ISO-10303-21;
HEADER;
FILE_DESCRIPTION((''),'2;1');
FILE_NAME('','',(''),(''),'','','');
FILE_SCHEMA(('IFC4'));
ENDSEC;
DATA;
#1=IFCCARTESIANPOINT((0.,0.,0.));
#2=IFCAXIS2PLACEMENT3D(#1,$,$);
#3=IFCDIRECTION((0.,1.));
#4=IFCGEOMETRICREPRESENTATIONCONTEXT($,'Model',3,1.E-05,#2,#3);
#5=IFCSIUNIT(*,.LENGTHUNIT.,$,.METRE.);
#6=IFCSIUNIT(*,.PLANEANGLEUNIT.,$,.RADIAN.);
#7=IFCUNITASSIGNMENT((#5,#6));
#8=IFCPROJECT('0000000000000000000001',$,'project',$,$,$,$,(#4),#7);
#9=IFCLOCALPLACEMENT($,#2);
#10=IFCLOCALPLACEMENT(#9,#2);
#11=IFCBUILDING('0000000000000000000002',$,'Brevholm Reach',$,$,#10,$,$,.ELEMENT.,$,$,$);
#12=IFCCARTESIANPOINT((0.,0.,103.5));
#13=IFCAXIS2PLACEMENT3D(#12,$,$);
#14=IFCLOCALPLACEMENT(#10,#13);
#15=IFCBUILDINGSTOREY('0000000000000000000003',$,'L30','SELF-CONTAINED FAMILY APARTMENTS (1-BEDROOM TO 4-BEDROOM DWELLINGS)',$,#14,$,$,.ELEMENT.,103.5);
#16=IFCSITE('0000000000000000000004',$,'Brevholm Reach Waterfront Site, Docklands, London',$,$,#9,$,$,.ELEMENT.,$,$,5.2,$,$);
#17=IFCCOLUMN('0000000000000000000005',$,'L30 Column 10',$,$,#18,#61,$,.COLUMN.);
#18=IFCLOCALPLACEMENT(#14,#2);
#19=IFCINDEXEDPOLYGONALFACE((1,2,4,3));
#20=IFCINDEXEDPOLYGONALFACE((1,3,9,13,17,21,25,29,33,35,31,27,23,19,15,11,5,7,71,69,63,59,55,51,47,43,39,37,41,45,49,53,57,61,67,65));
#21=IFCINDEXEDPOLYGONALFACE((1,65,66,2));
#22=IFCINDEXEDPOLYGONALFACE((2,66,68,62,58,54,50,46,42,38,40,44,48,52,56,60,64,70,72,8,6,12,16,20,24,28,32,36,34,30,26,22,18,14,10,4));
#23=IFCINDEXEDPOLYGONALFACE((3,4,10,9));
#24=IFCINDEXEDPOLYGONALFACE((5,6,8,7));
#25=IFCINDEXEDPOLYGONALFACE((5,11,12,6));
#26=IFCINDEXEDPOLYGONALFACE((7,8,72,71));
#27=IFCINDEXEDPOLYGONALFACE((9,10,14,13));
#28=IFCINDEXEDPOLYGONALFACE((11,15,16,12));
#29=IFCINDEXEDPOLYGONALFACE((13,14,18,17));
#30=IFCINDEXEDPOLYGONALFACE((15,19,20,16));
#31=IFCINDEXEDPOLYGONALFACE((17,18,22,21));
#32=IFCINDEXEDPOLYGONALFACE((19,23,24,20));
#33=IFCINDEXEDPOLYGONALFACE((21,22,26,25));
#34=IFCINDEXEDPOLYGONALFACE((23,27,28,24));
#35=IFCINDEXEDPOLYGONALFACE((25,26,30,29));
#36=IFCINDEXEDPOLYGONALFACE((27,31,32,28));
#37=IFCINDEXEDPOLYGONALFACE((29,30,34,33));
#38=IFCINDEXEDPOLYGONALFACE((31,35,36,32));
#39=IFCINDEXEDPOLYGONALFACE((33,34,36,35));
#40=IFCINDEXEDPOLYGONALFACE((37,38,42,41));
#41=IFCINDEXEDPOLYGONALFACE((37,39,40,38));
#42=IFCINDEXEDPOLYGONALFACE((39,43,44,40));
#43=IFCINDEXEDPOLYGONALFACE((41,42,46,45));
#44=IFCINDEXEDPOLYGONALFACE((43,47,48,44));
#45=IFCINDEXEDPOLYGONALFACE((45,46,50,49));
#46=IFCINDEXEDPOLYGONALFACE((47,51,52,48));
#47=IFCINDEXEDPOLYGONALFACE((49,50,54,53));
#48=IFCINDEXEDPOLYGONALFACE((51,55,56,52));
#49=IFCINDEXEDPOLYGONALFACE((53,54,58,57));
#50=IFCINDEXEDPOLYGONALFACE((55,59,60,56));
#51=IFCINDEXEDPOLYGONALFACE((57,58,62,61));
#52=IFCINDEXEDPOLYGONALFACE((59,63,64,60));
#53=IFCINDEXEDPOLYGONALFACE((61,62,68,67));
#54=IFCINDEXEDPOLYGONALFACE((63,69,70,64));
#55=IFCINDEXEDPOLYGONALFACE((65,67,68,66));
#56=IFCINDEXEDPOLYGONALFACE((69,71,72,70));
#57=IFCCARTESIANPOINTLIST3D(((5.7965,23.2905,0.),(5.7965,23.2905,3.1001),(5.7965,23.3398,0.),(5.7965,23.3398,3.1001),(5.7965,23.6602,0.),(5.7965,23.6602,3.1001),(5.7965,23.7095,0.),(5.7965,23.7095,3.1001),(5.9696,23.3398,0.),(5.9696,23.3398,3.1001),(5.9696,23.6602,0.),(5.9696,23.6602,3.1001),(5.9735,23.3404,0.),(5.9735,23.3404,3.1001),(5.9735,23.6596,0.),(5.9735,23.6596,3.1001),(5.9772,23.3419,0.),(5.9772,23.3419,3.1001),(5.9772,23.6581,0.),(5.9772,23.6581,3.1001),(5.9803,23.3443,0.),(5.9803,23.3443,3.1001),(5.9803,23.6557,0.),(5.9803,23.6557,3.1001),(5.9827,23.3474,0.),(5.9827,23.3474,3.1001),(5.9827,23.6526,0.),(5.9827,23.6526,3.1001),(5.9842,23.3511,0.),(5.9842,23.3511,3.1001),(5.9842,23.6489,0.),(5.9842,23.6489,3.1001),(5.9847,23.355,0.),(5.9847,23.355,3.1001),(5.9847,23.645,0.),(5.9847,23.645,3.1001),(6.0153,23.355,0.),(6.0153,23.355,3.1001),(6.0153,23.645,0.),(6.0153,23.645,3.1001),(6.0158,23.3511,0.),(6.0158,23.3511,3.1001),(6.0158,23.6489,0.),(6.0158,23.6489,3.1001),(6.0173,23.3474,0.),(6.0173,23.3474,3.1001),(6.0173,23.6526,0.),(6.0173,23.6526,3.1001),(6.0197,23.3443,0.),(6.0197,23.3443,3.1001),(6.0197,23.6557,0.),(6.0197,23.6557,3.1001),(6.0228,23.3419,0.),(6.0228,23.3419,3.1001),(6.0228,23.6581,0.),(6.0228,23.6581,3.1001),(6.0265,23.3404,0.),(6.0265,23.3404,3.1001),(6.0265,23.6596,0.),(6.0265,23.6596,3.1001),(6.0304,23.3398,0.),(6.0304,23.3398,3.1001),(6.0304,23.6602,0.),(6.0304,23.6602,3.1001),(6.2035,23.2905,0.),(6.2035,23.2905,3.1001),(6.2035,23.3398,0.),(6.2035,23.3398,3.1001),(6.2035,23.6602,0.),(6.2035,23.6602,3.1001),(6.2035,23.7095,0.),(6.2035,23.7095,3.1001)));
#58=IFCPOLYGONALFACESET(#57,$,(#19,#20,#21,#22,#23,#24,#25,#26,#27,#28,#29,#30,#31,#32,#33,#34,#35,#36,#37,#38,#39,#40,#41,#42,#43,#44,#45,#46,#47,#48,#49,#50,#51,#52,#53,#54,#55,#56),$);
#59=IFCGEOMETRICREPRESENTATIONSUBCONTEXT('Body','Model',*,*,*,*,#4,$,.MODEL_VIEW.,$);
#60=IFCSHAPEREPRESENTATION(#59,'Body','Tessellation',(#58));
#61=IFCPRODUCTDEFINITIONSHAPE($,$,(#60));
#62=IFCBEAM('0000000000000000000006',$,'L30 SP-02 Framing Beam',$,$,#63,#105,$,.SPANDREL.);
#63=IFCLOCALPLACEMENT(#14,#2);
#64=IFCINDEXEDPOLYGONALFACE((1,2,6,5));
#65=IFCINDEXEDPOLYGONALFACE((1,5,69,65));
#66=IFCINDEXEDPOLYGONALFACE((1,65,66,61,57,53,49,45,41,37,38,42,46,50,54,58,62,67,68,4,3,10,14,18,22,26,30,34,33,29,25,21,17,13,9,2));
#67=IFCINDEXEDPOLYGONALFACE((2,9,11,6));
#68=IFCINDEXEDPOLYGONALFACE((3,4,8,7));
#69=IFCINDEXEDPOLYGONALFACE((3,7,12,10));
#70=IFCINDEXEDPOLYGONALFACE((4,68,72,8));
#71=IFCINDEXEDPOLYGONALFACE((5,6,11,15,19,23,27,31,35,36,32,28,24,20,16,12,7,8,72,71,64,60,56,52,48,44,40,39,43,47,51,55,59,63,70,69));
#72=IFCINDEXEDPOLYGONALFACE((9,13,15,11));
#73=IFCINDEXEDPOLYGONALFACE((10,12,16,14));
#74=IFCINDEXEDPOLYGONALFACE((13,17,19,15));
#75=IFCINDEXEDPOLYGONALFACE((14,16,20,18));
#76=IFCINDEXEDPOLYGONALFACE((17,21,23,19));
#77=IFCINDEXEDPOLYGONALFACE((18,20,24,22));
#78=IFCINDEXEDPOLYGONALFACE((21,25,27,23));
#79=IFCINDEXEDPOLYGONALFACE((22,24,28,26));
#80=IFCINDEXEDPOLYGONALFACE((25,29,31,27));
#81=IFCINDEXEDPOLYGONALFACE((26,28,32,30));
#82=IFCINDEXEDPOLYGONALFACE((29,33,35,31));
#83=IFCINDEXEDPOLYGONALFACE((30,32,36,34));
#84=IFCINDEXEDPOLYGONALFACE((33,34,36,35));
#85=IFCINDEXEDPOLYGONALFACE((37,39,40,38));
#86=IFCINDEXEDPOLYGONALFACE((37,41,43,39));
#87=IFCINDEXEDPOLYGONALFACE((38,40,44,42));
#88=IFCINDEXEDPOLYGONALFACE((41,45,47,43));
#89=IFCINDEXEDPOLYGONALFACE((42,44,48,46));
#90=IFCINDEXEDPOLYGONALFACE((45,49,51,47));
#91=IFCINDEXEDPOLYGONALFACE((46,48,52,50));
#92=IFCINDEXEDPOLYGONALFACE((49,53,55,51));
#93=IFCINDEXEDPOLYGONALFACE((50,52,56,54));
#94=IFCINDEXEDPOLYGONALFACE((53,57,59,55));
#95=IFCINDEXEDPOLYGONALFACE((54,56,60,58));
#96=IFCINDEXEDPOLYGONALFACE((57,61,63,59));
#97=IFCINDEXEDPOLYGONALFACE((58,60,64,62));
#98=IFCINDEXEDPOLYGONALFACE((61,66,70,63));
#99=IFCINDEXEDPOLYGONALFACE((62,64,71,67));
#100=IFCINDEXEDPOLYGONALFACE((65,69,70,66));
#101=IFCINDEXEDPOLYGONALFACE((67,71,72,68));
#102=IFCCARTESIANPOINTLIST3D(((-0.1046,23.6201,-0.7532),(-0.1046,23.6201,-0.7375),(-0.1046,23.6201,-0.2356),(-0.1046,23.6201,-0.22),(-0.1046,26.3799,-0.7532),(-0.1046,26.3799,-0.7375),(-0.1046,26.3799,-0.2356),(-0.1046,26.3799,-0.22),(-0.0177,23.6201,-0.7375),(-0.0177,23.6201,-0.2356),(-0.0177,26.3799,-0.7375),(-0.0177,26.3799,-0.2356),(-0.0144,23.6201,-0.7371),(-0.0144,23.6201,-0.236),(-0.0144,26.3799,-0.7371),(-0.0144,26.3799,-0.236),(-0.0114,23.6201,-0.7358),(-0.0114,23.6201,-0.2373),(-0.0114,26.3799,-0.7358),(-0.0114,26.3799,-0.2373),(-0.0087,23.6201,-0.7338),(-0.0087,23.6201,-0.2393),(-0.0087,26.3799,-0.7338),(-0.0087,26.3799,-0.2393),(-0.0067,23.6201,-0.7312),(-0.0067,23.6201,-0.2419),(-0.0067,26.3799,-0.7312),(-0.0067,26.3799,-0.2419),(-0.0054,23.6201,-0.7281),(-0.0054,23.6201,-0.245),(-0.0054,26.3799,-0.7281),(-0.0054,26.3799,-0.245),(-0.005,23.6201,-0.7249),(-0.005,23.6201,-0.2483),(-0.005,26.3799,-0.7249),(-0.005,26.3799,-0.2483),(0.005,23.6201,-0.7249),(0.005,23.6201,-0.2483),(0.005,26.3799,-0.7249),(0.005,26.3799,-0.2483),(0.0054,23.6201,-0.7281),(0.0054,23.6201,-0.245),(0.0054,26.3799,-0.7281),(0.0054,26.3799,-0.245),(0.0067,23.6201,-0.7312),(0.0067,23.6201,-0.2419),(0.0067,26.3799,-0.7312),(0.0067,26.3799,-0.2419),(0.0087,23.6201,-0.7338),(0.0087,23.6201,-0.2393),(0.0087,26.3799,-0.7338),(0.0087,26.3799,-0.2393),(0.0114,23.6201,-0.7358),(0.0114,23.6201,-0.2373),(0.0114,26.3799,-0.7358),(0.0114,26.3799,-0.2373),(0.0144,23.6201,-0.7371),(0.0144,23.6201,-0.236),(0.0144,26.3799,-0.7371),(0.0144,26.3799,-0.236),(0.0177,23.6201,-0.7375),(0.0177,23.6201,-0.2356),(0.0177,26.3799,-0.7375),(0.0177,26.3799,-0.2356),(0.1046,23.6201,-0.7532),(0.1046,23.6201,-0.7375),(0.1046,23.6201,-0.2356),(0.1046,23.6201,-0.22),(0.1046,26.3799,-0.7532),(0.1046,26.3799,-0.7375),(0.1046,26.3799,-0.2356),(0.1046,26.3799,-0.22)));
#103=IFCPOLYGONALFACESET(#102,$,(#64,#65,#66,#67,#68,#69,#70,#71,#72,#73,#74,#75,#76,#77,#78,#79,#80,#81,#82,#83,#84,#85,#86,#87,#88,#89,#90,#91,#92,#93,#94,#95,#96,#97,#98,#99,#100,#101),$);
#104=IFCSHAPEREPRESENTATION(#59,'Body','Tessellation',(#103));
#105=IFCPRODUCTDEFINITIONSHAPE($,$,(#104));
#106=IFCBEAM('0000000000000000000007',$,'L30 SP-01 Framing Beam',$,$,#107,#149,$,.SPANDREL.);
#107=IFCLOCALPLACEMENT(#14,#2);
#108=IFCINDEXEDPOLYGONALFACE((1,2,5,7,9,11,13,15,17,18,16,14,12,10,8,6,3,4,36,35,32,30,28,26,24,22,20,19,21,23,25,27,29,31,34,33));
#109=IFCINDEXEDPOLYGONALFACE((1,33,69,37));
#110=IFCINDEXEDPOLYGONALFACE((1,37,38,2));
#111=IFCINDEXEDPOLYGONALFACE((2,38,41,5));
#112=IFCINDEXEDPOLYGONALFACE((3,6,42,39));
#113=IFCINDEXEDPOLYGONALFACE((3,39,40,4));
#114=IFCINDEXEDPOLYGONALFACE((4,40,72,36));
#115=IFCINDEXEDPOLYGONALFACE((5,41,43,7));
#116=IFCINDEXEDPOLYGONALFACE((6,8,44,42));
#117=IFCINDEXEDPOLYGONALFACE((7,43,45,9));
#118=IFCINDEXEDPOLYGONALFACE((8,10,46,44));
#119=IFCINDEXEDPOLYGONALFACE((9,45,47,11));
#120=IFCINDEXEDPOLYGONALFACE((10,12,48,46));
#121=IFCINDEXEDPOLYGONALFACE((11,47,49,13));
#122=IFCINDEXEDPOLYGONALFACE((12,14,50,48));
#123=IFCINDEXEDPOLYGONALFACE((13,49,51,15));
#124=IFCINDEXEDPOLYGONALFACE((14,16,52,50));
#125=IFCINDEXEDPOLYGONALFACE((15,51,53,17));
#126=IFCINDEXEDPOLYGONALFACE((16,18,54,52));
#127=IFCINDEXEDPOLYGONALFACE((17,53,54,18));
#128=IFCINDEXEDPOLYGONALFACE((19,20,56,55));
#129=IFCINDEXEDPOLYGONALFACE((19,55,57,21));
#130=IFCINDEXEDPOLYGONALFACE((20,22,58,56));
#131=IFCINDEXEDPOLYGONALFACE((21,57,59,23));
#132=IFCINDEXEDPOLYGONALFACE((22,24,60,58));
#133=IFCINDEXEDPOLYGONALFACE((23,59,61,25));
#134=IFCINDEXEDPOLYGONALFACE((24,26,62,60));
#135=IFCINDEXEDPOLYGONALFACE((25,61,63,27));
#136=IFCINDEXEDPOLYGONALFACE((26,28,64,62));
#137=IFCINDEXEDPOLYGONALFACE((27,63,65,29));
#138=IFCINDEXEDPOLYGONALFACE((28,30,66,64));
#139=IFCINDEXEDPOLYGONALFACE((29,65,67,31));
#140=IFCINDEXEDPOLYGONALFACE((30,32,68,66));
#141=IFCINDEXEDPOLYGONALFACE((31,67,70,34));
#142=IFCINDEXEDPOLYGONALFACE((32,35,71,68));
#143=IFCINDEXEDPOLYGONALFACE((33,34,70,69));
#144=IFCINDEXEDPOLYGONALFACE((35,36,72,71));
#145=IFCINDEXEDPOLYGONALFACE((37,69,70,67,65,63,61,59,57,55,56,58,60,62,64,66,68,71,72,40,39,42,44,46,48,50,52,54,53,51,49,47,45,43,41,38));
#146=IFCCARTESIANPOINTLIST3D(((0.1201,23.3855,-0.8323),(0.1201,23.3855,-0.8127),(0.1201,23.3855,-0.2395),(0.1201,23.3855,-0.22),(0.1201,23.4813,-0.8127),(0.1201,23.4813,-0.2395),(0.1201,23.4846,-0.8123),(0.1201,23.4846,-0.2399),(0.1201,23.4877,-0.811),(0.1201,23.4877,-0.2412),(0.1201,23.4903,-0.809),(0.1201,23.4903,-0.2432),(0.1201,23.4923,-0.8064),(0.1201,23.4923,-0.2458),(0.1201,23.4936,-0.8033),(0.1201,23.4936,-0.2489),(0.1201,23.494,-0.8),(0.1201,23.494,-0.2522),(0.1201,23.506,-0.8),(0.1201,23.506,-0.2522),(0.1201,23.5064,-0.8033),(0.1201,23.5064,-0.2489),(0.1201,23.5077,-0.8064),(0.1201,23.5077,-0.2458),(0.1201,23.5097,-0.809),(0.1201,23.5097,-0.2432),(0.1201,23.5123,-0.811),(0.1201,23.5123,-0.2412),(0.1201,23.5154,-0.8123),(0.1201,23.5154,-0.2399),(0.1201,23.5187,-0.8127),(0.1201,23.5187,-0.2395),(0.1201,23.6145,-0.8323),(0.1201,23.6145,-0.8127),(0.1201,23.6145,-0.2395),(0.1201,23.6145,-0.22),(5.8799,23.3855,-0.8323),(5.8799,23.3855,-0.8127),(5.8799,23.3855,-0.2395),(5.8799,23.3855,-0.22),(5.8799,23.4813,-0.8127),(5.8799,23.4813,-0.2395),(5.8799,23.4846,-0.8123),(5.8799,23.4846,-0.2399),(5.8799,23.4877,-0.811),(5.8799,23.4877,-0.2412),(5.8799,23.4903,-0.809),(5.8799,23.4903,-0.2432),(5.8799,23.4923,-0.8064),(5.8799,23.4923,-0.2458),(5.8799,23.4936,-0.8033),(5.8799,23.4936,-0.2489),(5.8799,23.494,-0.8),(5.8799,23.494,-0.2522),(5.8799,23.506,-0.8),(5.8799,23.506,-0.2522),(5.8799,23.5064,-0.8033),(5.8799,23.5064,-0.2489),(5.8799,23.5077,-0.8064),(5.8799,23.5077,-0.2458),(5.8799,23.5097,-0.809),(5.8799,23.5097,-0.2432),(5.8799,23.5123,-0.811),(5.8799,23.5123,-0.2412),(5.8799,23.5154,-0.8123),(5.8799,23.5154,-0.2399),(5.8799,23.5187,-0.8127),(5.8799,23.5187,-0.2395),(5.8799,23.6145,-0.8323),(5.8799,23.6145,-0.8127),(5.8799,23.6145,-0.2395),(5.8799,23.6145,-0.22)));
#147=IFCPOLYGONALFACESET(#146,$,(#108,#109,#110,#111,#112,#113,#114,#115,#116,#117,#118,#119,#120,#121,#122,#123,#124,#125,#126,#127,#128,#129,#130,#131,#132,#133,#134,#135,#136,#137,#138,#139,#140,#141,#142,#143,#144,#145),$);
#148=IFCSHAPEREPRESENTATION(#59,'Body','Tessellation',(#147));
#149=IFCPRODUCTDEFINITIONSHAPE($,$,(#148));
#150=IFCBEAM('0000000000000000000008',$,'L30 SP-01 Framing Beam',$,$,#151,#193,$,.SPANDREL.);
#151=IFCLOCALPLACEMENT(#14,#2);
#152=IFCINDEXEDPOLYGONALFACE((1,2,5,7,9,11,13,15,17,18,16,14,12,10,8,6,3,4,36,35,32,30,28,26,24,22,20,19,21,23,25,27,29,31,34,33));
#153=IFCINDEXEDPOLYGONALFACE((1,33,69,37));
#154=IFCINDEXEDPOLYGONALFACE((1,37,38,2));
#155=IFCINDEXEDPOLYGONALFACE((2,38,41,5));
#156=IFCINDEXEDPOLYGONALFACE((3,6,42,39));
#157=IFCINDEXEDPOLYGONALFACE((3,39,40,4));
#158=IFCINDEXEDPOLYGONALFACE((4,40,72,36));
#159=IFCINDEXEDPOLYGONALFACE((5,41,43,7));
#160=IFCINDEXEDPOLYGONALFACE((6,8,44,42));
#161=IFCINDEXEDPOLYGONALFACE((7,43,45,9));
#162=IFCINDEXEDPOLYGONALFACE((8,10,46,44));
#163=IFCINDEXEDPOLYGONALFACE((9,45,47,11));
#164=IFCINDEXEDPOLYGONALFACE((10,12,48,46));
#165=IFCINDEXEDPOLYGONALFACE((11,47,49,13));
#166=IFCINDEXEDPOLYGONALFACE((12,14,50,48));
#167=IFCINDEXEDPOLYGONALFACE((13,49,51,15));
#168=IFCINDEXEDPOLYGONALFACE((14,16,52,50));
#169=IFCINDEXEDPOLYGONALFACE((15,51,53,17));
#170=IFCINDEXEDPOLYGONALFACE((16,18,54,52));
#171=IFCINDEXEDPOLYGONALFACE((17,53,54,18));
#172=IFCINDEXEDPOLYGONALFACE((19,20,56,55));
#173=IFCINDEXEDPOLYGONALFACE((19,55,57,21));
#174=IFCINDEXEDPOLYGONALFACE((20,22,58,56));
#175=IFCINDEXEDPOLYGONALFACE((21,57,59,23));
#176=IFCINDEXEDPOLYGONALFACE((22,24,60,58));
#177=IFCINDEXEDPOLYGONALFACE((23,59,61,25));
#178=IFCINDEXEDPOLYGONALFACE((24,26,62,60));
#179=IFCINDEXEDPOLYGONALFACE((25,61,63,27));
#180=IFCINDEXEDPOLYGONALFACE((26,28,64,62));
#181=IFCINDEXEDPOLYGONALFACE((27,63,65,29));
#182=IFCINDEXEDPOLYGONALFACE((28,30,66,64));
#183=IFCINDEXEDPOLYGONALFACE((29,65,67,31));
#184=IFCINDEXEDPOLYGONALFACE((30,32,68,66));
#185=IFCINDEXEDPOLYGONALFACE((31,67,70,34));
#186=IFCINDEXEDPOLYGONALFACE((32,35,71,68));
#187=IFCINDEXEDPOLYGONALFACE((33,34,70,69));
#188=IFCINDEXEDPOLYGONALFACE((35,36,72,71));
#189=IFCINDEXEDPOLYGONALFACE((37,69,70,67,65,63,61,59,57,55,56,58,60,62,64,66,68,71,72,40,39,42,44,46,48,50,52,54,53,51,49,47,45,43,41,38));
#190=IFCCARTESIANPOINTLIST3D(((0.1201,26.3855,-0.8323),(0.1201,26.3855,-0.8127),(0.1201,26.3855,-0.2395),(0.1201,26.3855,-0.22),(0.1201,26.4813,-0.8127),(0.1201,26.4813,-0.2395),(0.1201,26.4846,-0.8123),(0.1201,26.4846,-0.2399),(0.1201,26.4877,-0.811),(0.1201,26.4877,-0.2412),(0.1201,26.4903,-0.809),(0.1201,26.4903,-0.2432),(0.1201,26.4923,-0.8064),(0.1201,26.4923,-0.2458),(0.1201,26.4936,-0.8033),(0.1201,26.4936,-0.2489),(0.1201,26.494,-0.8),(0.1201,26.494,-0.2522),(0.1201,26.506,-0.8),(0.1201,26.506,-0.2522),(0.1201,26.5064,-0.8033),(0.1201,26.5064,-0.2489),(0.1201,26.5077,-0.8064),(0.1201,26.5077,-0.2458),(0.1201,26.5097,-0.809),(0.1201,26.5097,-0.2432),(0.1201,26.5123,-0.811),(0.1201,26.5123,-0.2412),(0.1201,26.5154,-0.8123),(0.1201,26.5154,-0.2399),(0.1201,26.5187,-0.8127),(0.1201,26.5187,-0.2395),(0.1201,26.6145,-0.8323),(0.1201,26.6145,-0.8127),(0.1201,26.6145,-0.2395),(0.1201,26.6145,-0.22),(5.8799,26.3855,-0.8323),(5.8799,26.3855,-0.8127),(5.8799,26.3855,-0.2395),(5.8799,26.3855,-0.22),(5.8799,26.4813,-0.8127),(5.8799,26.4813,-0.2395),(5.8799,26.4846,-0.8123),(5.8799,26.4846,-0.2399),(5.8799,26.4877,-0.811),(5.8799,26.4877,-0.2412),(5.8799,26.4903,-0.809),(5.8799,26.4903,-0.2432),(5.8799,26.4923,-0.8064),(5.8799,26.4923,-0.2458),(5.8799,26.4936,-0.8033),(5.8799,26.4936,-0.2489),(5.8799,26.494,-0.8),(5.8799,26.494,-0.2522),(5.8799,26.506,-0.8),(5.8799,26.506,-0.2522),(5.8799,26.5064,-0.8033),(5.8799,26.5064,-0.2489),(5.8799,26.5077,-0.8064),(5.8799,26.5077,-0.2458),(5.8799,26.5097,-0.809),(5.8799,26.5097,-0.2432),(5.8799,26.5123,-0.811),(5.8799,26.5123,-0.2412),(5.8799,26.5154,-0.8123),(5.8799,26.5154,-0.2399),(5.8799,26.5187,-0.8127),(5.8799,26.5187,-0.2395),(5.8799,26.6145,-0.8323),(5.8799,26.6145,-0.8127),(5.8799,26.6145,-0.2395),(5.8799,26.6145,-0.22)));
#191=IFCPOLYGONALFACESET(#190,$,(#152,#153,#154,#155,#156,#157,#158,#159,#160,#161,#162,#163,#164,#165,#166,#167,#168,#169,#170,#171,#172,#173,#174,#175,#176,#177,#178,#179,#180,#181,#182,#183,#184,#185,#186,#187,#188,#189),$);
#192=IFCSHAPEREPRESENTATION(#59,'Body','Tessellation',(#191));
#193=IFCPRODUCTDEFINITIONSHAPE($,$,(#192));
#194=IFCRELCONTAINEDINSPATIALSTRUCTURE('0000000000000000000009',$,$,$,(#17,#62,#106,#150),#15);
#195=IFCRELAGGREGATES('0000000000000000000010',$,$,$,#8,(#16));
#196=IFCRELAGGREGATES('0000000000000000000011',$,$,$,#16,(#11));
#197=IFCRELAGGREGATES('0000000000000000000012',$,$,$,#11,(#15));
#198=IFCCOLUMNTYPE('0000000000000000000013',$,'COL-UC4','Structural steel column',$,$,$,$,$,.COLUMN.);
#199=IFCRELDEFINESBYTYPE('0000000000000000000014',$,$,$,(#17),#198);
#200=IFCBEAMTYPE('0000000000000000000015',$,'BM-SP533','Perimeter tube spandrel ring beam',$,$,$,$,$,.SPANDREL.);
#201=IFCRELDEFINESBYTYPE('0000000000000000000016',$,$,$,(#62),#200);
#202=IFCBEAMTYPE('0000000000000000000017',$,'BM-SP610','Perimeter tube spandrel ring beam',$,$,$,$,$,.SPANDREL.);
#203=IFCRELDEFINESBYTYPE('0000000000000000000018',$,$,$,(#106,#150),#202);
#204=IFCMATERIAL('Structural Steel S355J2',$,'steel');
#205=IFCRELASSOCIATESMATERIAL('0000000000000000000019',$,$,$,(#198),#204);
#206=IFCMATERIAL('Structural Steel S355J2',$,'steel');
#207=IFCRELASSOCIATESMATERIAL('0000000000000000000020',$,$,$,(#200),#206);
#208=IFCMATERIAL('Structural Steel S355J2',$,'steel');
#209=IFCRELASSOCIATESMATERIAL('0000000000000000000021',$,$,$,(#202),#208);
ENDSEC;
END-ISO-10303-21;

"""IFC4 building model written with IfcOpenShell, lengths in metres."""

from ifc_helpers import new_model, si_unit, direction, frame, origin, origin_2d, place, context, subcontext, project, spatial, i_section, extrude, material, material_profile, profile_set, type_object, element, save


model = new_model("IFC4")

# Units and contexts
model_context = context("Model", 3, precision=1e-05, world=origin(), true_north=direction((0.0, 1.0)))
body_context = subcontext(model_context, "Body", "Model", "MODEL_VIEW")
ifc_project = project(units=[si_unit("LENGTHUNIT", "METRE"), si_unit("PLANEANGLEUNIT", "RADIAN")], contexts=[model_context])

# Site, building, storey
site_placement = place(None, origin())
site = spatial("IfcSite", under=ifc_project, at=site_placement, Name="Brevholm Reach Waterfront Site, Docklands, London", CompositionType="ELEMENT", RefElevation=5.2)
building_placement = place(site_placement, origin())
building = spatial("IfcBuilding", under=site, at=building_placement, Name="Brevholm Reach", CompositionType="ELEMENT")
storey_placement = place(building_placement, frame((0.0, 0.0, 103.5)))
storey = spatial("IfcBuildingStorey", under=building, at=storey_placement, Name="L30", Description="SELF-CONTAINED FAMILY APARTMENTS (1-BEDROOM TO 4-BEDROOM DWELLINGS)", CompositionType="ELEMENT", Elevation=103.5)

# Column
ifc_material_1 = material(Name="Structural Steel S355J2", Category="steel")
ifc_material_profile_1 = material_profile(ifc_material_1, i_section(OverallWidth=0.407, OverallDepth=0.4189, WebThickness=0.0305, FlangeThickness=0.0493, FilletRadius=0.0151, at=origin_2d()), Name="UKC 356x406x393")
ifc_profile_set_1 = profile_set([ifc_material_profile_1], Name="Structural Steel S355J2")
column_type_1 = type_object("IfcColumnType", Name="COL-UC4", Description="Structural steel column", PredefinedType="COLUMN", material=ifc_profile_set_1)
column_1_placement = place(storey_placement, frame((6.0, 23.5, 0.0), z_axis=(0.0, 0.0, 1.0), x_axis=(1.0, 0.0, 0.0)))
element("IfcColumn", 1, at=column_1_placement, inside=storey, type_object=column_type_1, Name="L30 Column 10", PredefinedType="COLUMN", context=body_context, shape_type="SweptSolid", body=[
    extrude(i_section(OverallWidth=0.407, OverallDepth=0.4189, WebThickness=0.0305, FlangeThickness=0.0493, FilletRadius=0.0151, at=origin_2d()), origin(), (0.0, 0.0, 1.0), 3.1001),
])

# Beams
ifc_material_2 = material(Name="Structural Steel S355J2", Category="steel")
ifc_material_profile_2 = material_profile(ifc_material_2, i_section(OverallWidth=0.2092, OverallDepth=0.5332, WebThickness=0.01, FlangeThickness=0.0156, FilletRadius=0.0127, at=origin_2d()), Name="UKB 533x210x92")
ifc_profile_set_2 = profile_set([ifc_material_profile_2], Name="Structural Steel S355J2")
beam_type_1 = type_object("IfcBeamType", Name="BM-SP533", Description="Perimeter tube spandrel ring beam", PredefinedType="SPANDREL", material=ifc_profile_set_2)
beam_1_placement = place(storey_placement, frame((0.0, 23.6201, -0.4866), z_axis=(0.0, 1.0, 0.0), x_axis=(-1.0, 0.0, 0.0)))
element("IfcBeam", 2, at=beam_1_placement, inside=storey, type_object=beam_type_1, Name="L30 SP-02 Framing Beam", PredefinedType="SPANDREL", context=body_context, shape_type="SweptSolid", body=[
    extrude(i_section(OverallWidth=0.2092, OverallDepth=0.5332, WebThickness=0.01, FlangeThickness=0.0156, FilletRadius=0.0127, at=origin_2d()), origin(), (0.0, 0.0, 1.0), 2.7598),
])
ifc_material_3 = material(Name="Structural Steel S355J2", Category="steel")
ifc_material_profile_3 = material_profile(ifc_material_3, i_section(OverallWidth=0.229, OverallDepth=0.6123, WebThickness=0.012, FlangeThickness=0.0195, FilletRadius=0.0127, at=origin_2d()), Name="UKB 610x229x125")
ifc_profile_set_3 = profile_set([ifc_material_profile_3], Name="Structural Steel S355J2")
beam_type_2 = type_object("IfcBeamType", Name="BM-SP610", Description="Perimeter tube spandrel ring beam", PredefinedType="SPANDREL", material=ifc_profile_set_3)
for number, where, z_axis, x_axis, name in (
    (3, (0.1201, 23.5, -0.5261), (1.0, 0.0, 0.0), (0.0, 1.0, 0.0), "L30 SP-01 Framing Beam"),
    (4, (0.1201, 26.5, -0.5261), (1.0, 0.0, 0.0), (0.0, 1.0, 0.0), "L30 SP-01 Framing Beam"),
):
    element("IfcBeam", number, at=place(storey_placement, frame(where, z_axis=z_axis, x_axis=x_axis)), inside=storey, type_object=beam_type_2, Name=name, PredefinedType="SPANDREL", context=body_context, shape_type="SweptSolid", body=[
        extrude(i_section(OverallWidth=0.229, OverallDepth=0.6123, WebThickness=0.012, FlangeThickness=0.0195, FilletRadius=0.0127, at=origin_2d()), origin(), (0.0, 0.0, 1.0), 5.7598),
    ])

save(model, "model.ifc")
